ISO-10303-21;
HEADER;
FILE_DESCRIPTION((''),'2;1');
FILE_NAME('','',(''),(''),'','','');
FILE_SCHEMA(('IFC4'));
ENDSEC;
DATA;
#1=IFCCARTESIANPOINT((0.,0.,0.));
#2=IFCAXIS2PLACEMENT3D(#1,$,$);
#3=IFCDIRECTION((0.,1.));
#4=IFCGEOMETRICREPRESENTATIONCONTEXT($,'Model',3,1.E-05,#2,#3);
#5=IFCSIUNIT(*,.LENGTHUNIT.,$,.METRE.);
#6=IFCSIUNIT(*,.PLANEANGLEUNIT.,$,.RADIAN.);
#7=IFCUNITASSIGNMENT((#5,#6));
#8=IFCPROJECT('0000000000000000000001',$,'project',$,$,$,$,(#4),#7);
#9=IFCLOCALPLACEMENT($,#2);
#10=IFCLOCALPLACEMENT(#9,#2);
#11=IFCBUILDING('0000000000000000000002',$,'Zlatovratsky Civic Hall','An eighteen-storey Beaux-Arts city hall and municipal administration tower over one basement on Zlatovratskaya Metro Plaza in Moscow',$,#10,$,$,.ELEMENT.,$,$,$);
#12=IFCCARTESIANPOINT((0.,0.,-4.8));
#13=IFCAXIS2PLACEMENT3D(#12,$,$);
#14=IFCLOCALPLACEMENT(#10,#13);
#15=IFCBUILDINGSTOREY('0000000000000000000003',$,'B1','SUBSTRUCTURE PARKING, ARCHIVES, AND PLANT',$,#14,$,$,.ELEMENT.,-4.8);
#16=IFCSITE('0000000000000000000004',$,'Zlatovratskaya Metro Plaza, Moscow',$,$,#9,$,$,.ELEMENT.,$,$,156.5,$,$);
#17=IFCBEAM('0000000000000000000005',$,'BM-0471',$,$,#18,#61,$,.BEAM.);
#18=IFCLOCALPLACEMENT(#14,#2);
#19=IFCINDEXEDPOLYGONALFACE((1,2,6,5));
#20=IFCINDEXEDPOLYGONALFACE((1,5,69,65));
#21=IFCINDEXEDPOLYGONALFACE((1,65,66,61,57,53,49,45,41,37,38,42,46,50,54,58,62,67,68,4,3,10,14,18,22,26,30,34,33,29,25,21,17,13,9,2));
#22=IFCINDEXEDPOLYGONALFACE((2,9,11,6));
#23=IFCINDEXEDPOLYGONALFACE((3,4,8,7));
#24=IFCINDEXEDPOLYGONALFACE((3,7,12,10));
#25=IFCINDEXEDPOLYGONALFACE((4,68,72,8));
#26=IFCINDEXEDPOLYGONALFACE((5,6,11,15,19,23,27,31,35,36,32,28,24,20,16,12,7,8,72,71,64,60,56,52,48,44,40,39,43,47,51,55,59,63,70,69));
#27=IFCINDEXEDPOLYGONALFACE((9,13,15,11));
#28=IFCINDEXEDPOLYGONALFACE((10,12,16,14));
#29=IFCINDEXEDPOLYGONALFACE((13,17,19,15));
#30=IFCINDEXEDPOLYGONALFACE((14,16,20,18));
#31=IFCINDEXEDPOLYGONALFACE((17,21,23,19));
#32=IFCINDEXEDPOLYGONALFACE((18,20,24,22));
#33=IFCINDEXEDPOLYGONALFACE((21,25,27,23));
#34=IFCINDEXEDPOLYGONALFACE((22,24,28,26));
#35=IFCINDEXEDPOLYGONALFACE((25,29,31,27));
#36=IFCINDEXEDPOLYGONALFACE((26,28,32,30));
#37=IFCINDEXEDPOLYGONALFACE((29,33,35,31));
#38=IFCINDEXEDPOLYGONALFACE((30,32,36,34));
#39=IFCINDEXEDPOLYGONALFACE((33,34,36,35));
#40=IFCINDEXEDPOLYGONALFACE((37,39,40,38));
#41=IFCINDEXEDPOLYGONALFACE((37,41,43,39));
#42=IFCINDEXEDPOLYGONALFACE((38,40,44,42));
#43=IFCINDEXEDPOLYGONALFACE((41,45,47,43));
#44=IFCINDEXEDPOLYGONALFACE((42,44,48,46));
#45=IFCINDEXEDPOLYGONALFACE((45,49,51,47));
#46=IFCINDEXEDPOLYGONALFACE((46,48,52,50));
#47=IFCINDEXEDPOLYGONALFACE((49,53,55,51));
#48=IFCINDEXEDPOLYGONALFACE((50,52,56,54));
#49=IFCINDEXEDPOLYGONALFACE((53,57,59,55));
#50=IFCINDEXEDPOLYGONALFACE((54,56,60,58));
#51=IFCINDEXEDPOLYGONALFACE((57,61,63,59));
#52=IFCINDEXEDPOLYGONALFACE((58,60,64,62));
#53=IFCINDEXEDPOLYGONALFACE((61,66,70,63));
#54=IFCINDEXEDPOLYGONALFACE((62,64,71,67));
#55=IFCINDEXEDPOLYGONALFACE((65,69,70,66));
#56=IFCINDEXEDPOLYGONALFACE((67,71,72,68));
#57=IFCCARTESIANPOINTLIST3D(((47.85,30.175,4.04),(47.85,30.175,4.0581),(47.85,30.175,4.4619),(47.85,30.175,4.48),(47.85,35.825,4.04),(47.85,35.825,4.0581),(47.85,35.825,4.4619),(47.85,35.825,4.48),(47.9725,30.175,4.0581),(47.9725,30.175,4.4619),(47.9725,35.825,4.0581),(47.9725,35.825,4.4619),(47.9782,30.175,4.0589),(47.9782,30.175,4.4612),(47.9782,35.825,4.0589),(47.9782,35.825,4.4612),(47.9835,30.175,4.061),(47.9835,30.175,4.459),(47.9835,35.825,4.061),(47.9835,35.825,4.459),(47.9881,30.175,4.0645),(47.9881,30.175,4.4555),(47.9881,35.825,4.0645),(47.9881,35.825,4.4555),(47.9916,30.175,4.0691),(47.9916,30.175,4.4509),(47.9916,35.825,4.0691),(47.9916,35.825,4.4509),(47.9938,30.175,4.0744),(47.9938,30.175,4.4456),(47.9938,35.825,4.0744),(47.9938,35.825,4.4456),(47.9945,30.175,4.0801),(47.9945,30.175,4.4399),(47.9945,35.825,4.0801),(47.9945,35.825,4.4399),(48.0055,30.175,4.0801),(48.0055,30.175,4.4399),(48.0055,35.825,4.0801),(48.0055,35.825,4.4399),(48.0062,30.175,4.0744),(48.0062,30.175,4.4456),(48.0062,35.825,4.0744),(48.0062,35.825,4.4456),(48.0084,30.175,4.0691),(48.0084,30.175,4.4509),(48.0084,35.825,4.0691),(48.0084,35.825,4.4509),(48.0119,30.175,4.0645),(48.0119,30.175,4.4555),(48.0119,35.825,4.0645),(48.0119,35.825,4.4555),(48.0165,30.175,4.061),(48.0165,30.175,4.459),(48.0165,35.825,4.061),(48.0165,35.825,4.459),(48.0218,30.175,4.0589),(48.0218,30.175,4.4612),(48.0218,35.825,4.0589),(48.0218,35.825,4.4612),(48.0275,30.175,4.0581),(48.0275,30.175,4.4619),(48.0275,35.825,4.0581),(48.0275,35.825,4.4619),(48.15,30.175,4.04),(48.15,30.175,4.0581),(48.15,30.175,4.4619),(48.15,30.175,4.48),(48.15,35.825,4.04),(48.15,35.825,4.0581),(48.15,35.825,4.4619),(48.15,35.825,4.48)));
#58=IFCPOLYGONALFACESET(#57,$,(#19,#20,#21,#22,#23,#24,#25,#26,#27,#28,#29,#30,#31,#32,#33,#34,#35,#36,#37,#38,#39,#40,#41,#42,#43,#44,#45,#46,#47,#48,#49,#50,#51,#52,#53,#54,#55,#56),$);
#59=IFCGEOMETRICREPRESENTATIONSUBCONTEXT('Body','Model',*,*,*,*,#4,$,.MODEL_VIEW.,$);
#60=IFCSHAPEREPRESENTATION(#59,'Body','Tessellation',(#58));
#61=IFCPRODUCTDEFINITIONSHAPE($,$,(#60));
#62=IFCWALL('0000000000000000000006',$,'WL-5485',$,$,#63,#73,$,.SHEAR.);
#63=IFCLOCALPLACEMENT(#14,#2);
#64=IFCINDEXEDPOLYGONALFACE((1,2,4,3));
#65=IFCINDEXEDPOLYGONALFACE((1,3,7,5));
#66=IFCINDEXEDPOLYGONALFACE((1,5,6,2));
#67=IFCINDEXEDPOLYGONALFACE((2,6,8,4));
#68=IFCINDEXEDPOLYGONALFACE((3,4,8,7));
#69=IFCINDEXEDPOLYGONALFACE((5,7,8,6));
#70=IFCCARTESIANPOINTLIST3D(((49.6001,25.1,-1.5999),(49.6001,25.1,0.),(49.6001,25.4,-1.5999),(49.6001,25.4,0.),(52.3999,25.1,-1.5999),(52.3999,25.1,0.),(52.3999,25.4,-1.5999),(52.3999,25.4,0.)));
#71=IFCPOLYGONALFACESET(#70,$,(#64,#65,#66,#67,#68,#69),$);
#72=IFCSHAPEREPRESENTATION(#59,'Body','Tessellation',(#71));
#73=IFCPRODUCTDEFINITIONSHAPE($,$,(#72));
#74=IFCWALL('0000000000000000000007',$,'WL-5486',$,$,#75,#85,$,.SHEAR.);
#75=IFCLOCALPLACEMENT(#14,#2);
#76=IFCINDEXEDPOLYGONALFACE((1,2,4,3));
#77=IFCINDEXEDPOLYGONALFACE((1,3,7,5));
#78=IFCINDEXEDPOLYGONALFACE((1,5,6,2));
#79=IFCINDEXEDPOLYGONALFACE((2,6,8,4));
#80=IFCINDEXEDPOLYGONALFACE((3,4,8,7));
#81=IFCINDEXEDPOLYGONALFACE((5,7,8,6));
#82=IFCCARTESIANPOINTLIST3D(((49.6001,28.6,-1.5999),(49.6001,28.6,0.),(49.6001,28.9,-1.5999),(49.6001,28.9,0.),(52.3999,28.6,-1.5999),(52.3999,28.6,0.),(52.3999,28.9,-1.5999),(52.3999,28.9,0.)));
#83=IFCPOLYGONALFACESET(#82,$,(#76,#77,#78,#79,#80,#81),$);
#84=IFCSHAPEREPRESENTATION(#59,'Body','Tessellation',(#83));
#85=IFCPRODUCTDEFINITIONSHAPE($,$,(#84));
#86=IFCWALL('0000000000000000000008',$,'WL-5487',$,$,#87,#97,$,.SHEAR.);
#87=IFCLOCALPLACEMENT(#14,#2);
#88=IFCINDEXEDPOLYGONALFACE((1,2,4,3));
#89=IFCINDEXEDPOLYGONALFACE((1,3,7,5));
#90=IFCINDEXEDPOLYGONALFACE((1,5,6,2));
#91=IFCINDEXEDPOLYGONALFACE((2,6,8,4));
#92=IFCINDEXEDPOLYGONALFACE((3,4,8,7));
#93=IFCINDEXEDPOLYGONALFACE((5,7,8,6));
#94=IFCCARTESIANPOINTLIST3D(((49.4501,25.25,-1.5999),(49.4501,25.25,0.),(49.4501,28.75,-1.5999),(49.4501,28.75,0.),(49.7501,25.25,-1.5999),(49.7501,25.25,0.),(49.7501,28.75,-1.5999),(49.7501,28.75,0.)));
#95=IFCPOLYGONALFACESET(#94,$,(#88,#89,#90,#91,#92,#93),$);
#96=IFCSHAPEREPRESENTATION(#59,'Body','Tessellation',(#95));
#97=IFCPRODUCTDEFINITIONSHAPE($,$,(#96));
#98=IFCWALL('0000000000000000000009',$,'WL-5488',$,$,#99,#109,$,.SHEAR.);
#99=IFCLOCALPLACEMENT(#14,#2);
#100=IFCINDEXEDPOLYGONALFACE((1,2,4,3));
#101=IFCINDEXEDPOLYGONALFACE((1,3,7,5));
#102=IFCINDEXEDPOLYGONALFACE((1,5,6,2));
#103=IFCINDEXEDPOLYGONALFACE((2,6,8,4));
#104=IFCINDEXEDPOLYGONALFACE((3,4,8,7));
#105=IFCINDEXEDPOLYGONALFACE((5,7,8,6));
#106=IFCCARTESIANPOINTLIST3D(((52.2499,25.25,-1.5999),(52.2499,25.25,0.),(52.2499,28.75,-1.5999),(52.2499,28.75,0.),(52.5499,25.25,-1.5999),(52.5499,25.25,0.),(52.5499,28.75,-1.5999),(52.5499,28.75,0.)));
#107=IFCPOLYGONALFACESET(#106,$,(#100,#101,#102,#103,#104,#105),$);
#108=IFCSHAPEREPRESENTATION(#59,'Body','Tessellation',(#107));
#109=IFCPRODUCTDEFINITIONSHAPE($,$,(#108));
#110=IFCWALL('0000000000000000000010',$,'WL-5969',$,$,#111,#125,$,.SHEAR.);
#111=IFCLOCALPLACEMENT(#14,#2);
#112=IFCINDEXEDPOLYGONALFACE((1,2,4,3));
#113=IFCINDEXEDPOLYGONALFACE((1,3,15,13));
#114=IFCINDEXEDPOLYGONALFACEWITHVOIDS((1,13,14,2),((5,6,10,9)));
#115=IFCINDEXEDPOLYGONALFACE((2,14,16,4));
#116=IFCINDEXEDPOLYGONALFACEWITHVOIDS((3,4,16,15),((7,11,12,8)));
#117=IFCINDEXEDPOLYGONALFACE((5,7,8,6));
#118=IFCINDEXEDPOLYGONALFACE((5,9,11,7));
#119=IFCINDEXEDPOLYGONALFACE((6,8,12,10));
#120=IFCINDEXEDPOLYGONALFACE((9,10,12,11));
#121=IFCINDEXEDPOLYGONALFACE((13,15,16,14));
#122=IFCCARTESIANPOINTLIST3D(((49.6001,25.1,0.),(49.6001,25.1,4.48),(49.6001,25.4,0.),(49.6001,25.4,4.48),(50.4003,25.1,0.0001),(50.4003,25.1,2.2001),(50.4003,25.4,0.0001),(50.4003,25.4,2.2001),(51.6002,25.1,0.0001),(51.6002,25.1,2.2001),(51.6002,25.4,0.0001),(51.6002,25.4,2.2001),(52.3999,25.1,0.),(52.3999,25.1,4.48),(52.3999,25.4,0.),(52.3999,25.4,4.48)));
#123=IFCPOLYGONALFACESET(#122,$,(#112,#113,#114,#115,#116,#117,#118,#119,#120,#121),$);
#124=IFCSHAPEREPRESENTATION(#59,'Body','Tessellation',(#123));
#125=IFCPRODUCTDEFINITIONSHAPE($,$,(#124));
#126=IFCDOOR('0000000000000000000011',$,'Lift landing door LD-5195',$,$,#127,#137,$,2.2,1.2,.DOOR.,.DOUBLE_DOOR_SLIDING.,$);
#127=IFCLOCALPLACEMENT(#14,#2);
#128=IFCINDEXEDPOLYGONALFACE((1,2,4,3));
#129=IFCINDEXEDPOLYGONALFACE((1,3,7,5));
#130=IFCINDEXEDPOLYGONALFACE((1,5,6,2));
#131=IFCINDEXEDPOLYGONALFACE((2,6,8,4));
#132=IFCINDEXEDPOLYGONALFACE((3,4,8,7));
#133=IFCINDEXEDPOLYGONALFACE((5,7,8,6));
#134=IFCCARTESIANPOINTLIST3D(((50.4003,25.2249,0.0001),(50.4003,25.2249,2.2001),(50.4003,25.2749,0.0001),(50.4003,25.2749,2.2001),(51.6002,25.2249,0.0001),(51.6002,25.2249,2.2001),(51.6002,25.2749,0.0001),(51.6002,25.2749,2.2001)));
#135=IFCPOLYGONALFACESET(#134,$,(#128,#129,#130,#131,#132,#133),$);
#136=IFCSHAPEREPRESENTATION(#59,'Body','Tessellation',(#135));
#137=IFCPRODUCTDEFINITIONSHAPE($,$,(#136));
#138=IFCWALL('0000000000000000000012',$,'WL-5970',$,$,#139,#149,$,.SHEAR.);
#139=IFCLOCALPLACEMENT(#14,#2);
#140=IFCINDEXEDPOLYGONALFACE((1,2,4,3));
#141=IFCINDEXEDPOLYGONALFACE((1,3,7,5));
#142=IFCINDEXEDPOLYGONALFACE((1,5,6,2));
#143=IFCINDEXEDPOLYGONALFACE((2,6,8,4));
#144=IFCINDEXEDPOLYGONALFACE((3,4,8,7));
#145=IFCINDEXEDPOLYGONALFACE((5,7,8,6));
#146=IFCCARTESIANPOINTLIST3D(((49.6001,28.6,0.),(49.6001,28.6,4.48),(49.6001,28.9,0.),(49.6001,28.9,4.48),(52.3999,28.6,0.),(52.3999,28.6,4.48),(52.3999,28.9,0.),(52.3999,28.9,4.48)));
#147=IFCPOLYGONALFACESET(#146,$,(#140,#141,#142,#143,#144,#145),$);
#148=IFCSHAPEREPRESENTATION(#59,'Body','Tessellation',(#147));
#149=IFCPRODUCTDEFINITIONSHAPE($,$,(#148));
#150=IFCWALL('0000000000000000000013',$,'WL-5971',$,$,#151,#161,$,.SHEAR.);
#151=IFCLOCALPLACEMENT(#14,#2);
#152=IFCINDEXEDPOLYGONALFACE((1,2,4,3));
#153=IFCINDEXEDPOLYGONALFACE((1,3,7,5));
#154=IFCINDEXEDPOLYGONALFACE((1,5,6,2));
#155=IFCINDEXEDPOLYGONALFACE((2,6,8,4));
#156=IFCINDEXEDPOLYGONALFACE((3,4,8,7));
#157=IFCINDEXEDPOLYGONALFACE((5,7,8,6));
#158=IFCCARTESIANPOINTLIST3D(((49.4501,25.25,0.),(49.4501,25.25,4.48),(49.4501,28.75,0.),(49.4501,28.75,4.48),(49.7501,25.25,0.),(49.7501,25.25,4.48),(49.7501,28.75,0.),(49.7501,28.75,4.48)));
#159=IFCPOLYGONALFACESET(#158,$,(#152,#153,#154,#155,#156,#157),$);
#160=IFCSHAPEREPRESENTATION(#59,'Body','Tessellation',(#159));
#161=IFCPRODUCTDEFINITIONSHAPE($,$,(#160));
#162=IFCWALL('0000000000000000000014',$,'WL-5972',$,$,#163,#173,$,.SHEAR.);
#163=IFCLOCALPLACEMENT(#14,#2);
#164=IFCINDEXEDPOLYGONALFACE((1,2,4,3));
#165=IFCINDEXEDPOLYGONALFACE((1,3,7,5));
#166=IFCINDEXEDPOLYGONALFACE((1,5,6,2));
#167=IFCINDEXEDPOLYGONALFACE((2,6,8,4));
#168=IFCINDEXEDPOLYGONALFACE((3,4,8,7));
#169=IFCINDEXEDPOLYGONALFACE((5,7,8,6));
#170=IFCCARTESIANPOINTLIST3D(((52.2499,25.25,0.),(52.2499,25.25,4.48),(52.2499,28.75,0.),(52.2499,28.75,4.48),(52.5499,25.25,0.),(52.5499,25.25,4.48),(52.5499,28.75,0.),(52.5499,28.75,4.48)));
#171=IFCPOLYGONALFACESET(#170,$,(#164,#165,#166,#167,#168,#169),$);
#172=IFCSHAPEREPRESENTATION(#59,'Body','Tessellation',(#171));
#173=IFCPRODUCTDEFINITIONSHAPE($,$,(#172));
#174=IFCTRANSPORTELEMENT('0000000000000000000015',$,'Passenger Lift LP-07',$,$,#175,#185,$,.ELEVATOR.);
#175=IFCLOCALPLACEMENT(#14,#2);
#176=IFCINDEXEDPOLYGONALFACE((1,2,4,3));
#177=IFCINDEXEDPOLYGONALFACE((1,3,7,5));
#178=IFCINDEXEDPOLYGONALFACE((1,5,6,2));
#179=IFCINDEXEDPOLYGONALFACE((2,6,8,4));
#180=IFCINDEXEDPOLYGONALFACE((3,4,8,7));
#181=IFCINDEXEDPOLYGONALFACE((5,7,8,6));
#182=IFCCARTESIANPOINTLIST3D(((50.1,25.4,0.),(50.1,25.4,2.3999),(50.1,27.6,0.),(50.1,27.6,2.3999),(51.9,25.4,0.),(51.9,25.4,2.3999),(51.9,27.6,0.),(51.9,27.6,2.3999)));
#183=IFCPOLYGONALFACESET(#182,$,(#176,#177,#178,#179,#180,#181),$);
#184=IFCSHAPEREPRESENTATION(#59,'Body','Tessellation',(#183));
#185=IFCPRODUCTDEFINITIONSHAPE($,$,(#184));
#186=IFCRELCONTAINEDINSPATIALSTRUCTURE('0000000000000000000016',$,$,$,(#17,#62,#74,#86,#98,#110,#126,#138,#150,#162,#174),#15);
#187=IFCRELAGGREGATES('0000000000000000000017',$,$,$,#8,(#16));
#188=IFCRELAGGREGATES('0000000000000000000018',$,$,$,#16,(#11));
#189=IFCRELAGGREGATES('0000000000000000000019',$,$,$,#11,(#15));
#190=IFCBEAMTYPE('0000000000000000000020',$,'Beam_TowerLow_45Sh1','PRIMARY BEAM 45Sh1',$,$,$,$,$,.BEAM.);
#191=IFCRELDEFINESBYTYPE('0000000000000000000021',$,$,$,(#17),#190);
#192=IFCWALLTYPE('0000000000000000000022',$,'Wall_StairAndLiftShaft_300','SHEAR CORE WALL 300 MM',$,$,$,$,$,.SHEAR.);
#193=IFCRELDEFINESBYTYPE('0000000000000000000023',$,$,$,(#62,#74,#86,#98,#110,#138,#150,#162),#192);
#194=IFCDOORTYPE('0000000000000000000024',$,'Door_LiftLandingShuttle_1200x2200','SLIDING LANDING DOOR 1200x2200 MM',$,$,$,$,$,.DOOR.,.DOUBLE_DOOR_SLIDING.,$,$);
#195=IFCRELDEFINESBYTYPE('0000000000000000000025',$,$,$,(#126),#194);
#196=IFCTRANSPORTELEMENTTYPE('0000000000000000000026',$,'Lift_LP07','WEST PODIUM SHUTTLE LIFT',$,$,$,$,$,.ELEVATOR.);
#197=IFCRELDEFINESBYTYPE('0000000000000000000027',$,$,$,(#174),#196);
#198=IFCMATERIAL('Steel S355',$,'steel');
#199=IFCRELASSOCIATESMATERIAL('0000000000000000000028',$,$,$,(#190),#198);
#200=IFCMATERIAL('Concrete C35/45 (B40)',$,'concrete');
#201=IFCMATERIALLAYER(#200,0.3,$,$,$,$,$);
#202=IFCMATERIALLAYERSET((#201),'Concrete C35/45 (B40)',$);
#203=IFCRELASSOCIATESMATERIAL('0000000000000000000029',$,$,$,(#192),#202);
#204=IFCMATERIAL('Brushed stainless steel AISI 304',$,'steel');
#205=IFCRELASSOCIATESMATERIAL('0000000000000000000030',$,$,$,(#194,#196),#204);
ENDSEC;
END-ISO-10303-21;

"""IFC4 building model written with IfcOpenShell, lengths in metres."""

from ifc_helpers import new_model, si_unit, direction, frame, frame_2d, origin, origin_2d, place, context, subcontext, project, spatial, rectangle, i_section, extrude, material, layer, layer_set, material_profile, profile_set, type_object, element, fill, save


model = new_model("IFC4")

# Units and contexts
model_context = context("Model", 3, precision=1e-05, world=origin(), true_north=direction((0.0, 1.0)))
body_context = subcontext(model_context, "Body", "Model", "MODEL_VIEW")
ifc_project = project(units=[si_unit("LENGTHUNIT", "METRE"), si_unit("PLANEANGLEUNIT", "RADIAN")], contexts=[model_context])

# Site, building, storey
site_placement = place(None, origin())
site = spatial("IfcSite", under=ifc_project, at=site_placement, Name="Zlatovratskaya Metro Plaza, Moscow", CompositionType="ELEMENT", RefElevation=156.5)
building_placement = place(site_placement, origin())
building = spatial("IfcBuilding", under=site, at=building_placement, Name="Zlatovratsky Civic Hall", Description="An eighteen-storey Beaux-Arts city hall and municipal administration tower over one basement on Zlatovratskaya Metro Plaza in Moscow", CompositionType="ELEMENT")
storey_placement = place(building_placement, frame((0.0, 0.0, -4.8)))
storey = spatial("IfcBuildingStorey", under=building, at=storey_placement, Name="B1", Description="SUBSTRUCTURE PARKING, ARCHIVES, AND PLANT", CompositionType="ELEMENT", Elevation=-4.8)

# Shared definitions
ifc_material_1 = material(Name="Steel S355", Category="steel")

# Beam
ifc_material_profile_1 = material_profile(ifc_material_1, i_section(OverallWidth=0.3, OverallDepth=0.4399, WebThickness=0.011, FlangeThickness=0.0181, FilletRadius=0.022, at=origin_2d()), Name="45Sh1")
ifc_profile_set_1 = profile_set([ifc_material_profile_1], Name="Steel S355")
beam_type_1 = type_object("IfcBeamType", Name="Beam_TowerLow_45Sh1", Description="PRIMARY BEAM 45Sh1", PredefinedType="BEAM", material=ifc_profile_set_1)
for number, where, z_axis, x_axis, name in (
    (1, (48.0, 30.175, 4.26), (0.0, 1.0, 0.0), (-1.0, 0.0, 0.0), "BM-0471"),
):
    element("IfcBeam", number, at=place(storey_placement, frame(where, z_axis=z_axis, x_axis=x_axis)), inside=storey, type_object=beam_type_1, Name=name, PredefinedType="BEAM", context=body_context, shape_type="SweptSolid", body=[
        extrude(i_section(OverallWidth=0.3, OverallDepth=0.4399, WebThickness=0.011, FlangeThickness=0.0181, FilletRadius=0.022, at=origin_2d()), origin(), (0.0, 0.0, 1.0), 5.6499),
    ])

# Walls
ifc_material_2 = material(Name="Concrete C35/45 (B40)", Category="concrete")
ifc_layer = layer(ifc_material_2, 0.3)
ifc_layer_set = layer_set([ifc_layer], Name="Concrete C35/45 (B40)")
wall_type = type_object("IfcWallType", Name="Wall_StairAndLiftShaft_300", Description="SHEAR CORE WALL 300 MM", PredefinedType="SHEAR", material=ifc_layer_set)
for number, where, z_axis, x_axis, name in (
    (2, (49.6001, 25.25, -1.5999), (0.0, 0.0, 1.0), (1.0, 0.0, 0.0), "WL-5485"),
    (3, (49.6001, 28.75, -1.5999), (0.0, 0.0, 1.0), (1.0, 0.0, 0.0), "WL-5486"),
):
    element("IfcWall", number, at=place(storey_placement, frame(where, z_axis=z_axis, x_axis=x_axis)), inside=storey, type_object=wall_type, Name=name, PredefinedType="SHEAR", context=body_context, shape_type="SweptSolid", body=[
        extrude(rectangle(XDim=2.7998, YDim=0.3, at=frame_2d((1.3999, 0.0))), origin(), (0.0, 0.0, 1.0), 1.5999),
    ])
for number, where, z_axis, x_axis, name in (
    (4, (49.6001, 25.25, -1.5999), (0.0, 0.0, 1.0), (0.0, 1.0, 0.0), "WL-5487"),
    (5, (52.3999, 25.25, -1.5999), (0.0, 0.0, 1.0), (0.0, 1.0, 0.0), "WL-5488"),
):
    element("IfcWall", number, at=place(storey_placement, frame(where, z_axis=z_axis, x_axis=x_axis)), inside=storey, type_object=wall_type, Name=name, PredefinedType="SHEAR", context=body_context, shape_type="SweptSolid", body=[
        extrude(rectangle(XDim=3.5, YDim=0.3, at=frame_2d((1.75, 0.0))), origin(), (0.0, 0.0, 1.0), 1.5999),
    ])

# Wall, opening, door
wall_1_placement = place(storey_placement, frame((49.6001, 25.25, 0.0), z_axis=(0.0, 0.0, 1.0), x_axis=(1.0, 0.0, 0.0)))
wall_1 = element("IfcWall", 6, at=wall_1_placement, inside=storey, type_object=wall_type, Name="WL-5969", PredefinedType="SHEAR", context=body_context, shape_type="SweptSolid", body=[
    extrude(rectangle(XDim=2.7998, YDim=0.3, at=frame_2d((1.3999, 0.0))), origin(), (0.0, 0.0, 1.0), 4.48),
])
opening_placement = place(wall_1_placement, frame((0.8, 0.0, 0.0)))
opening = element("IfcOpeningElement", 7, at=opening_placement, cuts=wall_1, PredefinedType="OPENING", context=body_context, shape_type="SweptSolid", body=[
    extrude(rectangle(XDim=1.2, YDim=2.2, at=frame_2d((0.6001, 1.1001))), frame((0.0, 0.165, 0.0), z_axis=(0.0, -1.0, 0.0), x_axis=(1.0, 0.0, 0.0)), (0.0, 0.0, 1.0), 0.3298),
])
ifc_material_3 = material(Name="Brushed stainless steel AISI 304", Category="steel")
door_type = type_object("IfcDoorType", Name="Door_LiftLandingShuttle_1200x2200", Description="SLIDING LANDING DOOR 1200x2200 MM", OperationType="DOUBLE_DOOR_SLIDING", PredefinedType="DOOR", material=ifc_material_3)
door_placement = place(opening_placement, origin())
door = element("IfcDoor", 8, at=door_placement, inside=storey, type_object=door_type, Name="Lift landing door LD-5195", OperationType="DOUBLE_DOOR_SLIDING", OverallHeight=2.2, OverallWidth=1.2, PredefinedType="DOOR", context=body_context, shape_type="SweptSolid", body=[
    extrude(rectangle(XDim=1.2, YDim=2.2, at=frame_2d((0.6001, 1.1001))), frame((0.0, 0.0249, 0.0), z_axis=(0.0, -1.0, 0.0), x_axis=(1.0, 0.0, 0.0)), (0.0, 0.0, 1.0), 0.05),
])
fill(opening, door)

# Walls
wall_2_placement = place(storey_placement, frame((49.6001, 28.75, 0.0), z_axis=(0.0, 0.0, 1.0), x_axis=(1.0, 0.0, 0.0)))
element("IfcWall", 9, at=wall_2_placement, inside=storey, type_object=wall_type, Name="WL-5970", PredefinedType="SHEAR", context=body_context, shape_type="SweptSolid", body=[
    extrude(rectangle(XDim=2.7998, YDim=0.3, at=frame_2d((1.3999, 0.0))), origin(), (0.0, 0.0, 1.0), 4.48),
])
for number, where, z_axis, x_axis, name in (
    (10, (49.6001, 25.25, 0.0), (0.0, 0.0, 1.0), (0.0, 1.0, 0.0), "WL-5971"),
    (11, (52.3999, 25.25, 0.0), (0.0, 0.0, 1.0), (0.0, 1.0, 0.0), "WL-5972"),
):
    element("IfcWall", number, at=place(storey_placement, frame(where, z_axis=z_axis, x_axis=x_axis)), inside=storey, type_object=wall_type, Name=name, PredefinedType="SHEAR", context=body_context, shape_type="SweptSolid", body=[
        extrude(rectangle(XDim=3.5, YDim=0.3, at=frame_2d((1.75, 0.0))), origin(), (0.0, 0.0, 1.0), 4.48),
    ])

# Transport element
transport_element_type = type_object("IfcTransportElementType", Name="Lift_LP07", Description="WEST PODIUM SHUTTLE LIFT", PredefinedType="ELEVATOR", material=ifc_material_3)
transport_element_placement = place(storey_placement, frame((51.0, 26.5, 0.0), z_axis=(0.0, 0.0, 1.0), x_axis=(1.0, 0.0, 0.0)))
element("IfcTransportElement", 12, at=transport_element_placement, inside=storey, type_object=transport_element_type, Name="Passenger Lift LP-07", PredefinedType="ELEVATOR", context=body_context, shape_type="SweptSolid", body=[
    extrude(rectangle(XDim=1.8, YDim=2.2, at=origin_2d()), origin(), (0.0, 0.0, 1.0), 2.3999),
])

save(model, "model.ifc")
